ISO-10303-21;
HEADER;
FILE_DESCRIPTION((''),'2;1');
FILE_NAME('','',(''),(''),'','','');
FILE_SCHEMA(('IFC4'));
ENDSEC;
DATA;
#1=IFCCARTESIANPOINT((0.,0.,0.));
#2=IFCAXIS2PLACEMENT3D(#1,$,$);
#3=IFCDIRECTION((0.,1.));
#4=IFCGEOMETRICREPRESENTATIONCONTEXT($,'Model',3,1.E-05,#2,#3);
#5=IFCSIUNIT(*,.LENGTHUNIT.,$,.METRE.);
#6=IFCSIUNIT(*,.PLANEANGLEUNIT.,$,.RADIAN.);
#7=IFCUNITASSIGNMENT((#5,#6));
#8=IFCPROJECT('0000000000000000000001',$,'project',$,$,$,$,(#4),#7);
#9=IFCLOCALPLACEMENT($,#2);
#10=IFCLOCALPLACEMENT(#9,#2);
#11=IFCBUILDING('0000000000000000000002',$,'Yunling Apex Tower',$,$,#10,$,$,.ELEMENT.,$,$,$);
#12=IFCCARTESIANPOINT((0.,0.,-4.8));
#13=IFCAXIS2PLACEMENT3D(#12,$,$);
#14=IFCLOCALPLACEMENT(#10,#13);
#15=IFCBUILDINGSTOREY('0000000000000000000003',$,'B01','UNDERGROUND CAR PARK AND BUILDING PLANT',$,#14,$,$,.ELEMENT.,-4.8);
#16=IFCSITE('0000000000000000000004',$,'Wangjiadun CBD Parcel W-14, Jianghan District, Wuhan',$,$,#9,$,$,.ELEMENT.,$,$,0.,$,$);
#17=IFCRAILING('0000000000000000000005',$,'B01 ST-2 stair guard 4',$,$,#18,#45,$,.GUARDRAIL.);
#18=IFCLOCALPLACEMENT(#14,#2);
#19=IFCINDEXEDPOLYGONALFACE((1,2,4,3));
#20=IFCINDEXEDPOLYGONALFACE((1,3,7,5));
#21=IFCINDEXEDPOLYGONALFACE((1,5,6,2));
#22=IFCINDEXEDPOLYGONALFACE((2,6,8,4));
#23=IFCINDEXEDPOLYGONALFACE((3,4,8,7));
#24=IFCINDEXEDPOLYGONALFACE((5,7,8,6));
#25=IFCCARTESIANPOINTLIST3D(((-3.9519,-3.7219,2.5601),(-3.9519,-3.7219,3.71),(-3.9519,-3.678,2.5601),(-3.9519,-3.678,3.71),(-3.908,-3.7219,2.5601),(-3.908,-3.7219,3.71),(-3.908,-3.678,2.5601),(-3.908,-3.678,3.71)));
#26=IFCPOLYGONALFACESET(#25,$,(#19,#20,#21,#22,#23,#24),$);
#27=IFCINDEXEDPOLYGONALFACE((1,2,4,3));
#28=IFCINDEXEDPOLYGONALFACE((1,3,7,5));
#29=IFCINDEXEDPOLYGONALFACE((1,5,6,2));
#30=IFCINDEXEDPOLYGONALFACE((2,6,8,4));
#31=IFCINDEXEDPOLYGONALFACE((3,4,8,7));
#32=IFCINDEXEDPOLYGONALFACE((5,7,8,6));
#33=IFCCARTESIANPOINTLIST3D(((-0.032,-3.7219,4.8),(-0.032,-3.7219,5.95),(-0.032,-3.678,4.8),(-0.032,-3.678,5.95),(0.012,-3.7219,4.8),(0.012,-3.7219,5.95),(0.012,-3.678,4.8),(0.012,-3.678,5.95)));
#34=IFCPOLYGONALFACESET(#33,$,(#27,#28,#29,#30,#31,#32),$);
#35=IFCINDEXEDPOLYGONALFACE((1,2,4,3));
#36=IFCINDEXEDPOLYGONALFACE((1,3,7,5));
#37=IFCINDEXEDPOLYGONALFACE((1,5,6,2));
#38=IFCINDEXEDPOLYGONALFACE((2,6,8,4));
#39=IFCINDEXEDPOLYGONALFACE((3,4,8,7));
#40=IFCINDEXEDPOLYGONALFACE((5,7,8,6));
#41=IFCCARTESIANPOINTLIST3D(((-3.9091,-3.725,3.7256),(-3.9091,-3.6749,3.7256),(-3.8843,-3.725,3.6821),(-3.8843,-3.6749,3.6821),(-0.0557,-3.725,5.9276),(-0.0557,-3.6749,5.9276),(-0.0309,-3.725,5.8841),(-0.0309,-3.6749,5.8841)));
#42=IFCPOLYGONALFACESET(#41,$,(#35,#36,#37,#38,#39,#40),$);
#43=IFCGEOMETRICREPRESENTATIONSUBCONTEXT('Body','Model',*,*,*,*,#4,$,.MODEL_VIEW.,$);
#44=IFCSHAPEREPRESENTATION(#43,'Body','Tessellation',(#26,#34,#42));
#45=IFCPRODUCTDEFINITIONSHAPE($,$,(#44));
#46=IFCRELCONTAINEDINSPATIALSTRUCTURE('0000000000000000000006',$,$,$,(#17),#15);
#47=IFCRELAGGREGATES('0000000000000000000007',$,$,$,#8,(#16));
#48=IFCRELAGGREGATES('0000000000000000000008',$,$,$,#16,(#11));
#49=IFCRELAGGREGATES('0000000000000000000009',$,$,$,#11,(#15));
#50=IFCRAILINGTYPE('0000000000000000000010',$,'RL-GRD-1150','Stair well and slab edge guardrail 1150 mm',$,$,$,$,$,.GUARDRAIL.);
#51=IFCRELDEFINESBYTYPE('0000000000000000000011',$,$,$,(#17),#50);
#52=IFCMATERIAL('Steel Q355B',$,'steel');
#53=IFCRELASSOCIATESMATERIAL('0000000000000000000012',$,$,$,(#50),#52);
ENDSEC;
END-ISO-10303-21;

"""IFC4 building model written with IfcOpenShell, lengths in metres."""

from ifc_helpers import new_model, si_unit, direction, frame, origin, origin_2d, place, context, subcontext, project, spatial, rectangle, extrude, material, type_object, element, save


model = new_model("IFC4")

# Units and contexts
model_context = context("Model", 3, precision=1e-05, world=origin(), true_north=direction((0.0, 1.0)))
body_context = subcontext(model_context, "Body", "Model", "MODEL_VIEW")
ifc_project = project(units=[si_unit("LENGTHUNIT", "METRE"), si_unit("PLANEANGLEUNIT", "RADIAN")], contexts=[model_context])

# Site, building, storey
site_placement = place(None, origin())
site = spatial("IfcSite", under=ifc_project, at=site_placement, Name="Wangjiadun CBD Parcel W-14, Jianghan District, Wuhan", CompositionType="ELEMENT", RefElevation=0.0)
building_placement = place(site_placement, origin())
building = spatial("IfcBuilding", under=site, at=building_placement, Name="Yunling Apex Tower", CompositionType="ELEMENT")
storey_placement = place(building_placement, frame((0.0, 0.0, -4.8)))
storey = spatial("IfcBuildingStorey", under=building, at=storey_placement, Name="B01", Description="UNDERGROUND CAR PARK AND BUILDING PLANT", CompositionType="ELEMENT", Elevation=-4.8)

# Shared definitions
ifc_material_1 = material(Name="Steel Q355B", Category="steel")

# Railing
railing_type_1 = type_object("IfcRailingType", Name="RL-GRD-1150", Description="Stair well and slab edge guardrail 1150 mm", PredefinedType="GUARDRAIL", material=ifc_material_1)
railing_1_placement = place(storey_placement, frame((-3.9299, -3.7, 2.5601)))
element("IfcRailing", 1, at=railing_1_placement, inside=storey, type_object=railing_type_1, Name="B01 ST-2 stair guard 4", PredefinedType="GUARDRAIL", context=body_context, shape_type="SweptSolid", body=[
    extrude(rectangle(XDim=0.0439, YDim=0.0439, at=origin_2d()), origin(), (0.0, 0.0, 1.0), 1.1499),
    extrude(rectangle(XDim=0.0439, YDim=0.0439, at=origin_2d()), frame((3.9199, 0.0, 2.24)), (0.0, 0.0, 1.0), 1.1499),
    extrude(rectangle(XDim=0.05, YDim=0.05, at=origin_2d()), frame((0.0332, 0.0, 1.1438), z_axis=(0.86824, 0.0, 0.496145), x_axis=(0.0, 1.0, 0.0)), (0.0, 0.0, 1.0), 4.4382),
])

save(model, "model.ifc")
